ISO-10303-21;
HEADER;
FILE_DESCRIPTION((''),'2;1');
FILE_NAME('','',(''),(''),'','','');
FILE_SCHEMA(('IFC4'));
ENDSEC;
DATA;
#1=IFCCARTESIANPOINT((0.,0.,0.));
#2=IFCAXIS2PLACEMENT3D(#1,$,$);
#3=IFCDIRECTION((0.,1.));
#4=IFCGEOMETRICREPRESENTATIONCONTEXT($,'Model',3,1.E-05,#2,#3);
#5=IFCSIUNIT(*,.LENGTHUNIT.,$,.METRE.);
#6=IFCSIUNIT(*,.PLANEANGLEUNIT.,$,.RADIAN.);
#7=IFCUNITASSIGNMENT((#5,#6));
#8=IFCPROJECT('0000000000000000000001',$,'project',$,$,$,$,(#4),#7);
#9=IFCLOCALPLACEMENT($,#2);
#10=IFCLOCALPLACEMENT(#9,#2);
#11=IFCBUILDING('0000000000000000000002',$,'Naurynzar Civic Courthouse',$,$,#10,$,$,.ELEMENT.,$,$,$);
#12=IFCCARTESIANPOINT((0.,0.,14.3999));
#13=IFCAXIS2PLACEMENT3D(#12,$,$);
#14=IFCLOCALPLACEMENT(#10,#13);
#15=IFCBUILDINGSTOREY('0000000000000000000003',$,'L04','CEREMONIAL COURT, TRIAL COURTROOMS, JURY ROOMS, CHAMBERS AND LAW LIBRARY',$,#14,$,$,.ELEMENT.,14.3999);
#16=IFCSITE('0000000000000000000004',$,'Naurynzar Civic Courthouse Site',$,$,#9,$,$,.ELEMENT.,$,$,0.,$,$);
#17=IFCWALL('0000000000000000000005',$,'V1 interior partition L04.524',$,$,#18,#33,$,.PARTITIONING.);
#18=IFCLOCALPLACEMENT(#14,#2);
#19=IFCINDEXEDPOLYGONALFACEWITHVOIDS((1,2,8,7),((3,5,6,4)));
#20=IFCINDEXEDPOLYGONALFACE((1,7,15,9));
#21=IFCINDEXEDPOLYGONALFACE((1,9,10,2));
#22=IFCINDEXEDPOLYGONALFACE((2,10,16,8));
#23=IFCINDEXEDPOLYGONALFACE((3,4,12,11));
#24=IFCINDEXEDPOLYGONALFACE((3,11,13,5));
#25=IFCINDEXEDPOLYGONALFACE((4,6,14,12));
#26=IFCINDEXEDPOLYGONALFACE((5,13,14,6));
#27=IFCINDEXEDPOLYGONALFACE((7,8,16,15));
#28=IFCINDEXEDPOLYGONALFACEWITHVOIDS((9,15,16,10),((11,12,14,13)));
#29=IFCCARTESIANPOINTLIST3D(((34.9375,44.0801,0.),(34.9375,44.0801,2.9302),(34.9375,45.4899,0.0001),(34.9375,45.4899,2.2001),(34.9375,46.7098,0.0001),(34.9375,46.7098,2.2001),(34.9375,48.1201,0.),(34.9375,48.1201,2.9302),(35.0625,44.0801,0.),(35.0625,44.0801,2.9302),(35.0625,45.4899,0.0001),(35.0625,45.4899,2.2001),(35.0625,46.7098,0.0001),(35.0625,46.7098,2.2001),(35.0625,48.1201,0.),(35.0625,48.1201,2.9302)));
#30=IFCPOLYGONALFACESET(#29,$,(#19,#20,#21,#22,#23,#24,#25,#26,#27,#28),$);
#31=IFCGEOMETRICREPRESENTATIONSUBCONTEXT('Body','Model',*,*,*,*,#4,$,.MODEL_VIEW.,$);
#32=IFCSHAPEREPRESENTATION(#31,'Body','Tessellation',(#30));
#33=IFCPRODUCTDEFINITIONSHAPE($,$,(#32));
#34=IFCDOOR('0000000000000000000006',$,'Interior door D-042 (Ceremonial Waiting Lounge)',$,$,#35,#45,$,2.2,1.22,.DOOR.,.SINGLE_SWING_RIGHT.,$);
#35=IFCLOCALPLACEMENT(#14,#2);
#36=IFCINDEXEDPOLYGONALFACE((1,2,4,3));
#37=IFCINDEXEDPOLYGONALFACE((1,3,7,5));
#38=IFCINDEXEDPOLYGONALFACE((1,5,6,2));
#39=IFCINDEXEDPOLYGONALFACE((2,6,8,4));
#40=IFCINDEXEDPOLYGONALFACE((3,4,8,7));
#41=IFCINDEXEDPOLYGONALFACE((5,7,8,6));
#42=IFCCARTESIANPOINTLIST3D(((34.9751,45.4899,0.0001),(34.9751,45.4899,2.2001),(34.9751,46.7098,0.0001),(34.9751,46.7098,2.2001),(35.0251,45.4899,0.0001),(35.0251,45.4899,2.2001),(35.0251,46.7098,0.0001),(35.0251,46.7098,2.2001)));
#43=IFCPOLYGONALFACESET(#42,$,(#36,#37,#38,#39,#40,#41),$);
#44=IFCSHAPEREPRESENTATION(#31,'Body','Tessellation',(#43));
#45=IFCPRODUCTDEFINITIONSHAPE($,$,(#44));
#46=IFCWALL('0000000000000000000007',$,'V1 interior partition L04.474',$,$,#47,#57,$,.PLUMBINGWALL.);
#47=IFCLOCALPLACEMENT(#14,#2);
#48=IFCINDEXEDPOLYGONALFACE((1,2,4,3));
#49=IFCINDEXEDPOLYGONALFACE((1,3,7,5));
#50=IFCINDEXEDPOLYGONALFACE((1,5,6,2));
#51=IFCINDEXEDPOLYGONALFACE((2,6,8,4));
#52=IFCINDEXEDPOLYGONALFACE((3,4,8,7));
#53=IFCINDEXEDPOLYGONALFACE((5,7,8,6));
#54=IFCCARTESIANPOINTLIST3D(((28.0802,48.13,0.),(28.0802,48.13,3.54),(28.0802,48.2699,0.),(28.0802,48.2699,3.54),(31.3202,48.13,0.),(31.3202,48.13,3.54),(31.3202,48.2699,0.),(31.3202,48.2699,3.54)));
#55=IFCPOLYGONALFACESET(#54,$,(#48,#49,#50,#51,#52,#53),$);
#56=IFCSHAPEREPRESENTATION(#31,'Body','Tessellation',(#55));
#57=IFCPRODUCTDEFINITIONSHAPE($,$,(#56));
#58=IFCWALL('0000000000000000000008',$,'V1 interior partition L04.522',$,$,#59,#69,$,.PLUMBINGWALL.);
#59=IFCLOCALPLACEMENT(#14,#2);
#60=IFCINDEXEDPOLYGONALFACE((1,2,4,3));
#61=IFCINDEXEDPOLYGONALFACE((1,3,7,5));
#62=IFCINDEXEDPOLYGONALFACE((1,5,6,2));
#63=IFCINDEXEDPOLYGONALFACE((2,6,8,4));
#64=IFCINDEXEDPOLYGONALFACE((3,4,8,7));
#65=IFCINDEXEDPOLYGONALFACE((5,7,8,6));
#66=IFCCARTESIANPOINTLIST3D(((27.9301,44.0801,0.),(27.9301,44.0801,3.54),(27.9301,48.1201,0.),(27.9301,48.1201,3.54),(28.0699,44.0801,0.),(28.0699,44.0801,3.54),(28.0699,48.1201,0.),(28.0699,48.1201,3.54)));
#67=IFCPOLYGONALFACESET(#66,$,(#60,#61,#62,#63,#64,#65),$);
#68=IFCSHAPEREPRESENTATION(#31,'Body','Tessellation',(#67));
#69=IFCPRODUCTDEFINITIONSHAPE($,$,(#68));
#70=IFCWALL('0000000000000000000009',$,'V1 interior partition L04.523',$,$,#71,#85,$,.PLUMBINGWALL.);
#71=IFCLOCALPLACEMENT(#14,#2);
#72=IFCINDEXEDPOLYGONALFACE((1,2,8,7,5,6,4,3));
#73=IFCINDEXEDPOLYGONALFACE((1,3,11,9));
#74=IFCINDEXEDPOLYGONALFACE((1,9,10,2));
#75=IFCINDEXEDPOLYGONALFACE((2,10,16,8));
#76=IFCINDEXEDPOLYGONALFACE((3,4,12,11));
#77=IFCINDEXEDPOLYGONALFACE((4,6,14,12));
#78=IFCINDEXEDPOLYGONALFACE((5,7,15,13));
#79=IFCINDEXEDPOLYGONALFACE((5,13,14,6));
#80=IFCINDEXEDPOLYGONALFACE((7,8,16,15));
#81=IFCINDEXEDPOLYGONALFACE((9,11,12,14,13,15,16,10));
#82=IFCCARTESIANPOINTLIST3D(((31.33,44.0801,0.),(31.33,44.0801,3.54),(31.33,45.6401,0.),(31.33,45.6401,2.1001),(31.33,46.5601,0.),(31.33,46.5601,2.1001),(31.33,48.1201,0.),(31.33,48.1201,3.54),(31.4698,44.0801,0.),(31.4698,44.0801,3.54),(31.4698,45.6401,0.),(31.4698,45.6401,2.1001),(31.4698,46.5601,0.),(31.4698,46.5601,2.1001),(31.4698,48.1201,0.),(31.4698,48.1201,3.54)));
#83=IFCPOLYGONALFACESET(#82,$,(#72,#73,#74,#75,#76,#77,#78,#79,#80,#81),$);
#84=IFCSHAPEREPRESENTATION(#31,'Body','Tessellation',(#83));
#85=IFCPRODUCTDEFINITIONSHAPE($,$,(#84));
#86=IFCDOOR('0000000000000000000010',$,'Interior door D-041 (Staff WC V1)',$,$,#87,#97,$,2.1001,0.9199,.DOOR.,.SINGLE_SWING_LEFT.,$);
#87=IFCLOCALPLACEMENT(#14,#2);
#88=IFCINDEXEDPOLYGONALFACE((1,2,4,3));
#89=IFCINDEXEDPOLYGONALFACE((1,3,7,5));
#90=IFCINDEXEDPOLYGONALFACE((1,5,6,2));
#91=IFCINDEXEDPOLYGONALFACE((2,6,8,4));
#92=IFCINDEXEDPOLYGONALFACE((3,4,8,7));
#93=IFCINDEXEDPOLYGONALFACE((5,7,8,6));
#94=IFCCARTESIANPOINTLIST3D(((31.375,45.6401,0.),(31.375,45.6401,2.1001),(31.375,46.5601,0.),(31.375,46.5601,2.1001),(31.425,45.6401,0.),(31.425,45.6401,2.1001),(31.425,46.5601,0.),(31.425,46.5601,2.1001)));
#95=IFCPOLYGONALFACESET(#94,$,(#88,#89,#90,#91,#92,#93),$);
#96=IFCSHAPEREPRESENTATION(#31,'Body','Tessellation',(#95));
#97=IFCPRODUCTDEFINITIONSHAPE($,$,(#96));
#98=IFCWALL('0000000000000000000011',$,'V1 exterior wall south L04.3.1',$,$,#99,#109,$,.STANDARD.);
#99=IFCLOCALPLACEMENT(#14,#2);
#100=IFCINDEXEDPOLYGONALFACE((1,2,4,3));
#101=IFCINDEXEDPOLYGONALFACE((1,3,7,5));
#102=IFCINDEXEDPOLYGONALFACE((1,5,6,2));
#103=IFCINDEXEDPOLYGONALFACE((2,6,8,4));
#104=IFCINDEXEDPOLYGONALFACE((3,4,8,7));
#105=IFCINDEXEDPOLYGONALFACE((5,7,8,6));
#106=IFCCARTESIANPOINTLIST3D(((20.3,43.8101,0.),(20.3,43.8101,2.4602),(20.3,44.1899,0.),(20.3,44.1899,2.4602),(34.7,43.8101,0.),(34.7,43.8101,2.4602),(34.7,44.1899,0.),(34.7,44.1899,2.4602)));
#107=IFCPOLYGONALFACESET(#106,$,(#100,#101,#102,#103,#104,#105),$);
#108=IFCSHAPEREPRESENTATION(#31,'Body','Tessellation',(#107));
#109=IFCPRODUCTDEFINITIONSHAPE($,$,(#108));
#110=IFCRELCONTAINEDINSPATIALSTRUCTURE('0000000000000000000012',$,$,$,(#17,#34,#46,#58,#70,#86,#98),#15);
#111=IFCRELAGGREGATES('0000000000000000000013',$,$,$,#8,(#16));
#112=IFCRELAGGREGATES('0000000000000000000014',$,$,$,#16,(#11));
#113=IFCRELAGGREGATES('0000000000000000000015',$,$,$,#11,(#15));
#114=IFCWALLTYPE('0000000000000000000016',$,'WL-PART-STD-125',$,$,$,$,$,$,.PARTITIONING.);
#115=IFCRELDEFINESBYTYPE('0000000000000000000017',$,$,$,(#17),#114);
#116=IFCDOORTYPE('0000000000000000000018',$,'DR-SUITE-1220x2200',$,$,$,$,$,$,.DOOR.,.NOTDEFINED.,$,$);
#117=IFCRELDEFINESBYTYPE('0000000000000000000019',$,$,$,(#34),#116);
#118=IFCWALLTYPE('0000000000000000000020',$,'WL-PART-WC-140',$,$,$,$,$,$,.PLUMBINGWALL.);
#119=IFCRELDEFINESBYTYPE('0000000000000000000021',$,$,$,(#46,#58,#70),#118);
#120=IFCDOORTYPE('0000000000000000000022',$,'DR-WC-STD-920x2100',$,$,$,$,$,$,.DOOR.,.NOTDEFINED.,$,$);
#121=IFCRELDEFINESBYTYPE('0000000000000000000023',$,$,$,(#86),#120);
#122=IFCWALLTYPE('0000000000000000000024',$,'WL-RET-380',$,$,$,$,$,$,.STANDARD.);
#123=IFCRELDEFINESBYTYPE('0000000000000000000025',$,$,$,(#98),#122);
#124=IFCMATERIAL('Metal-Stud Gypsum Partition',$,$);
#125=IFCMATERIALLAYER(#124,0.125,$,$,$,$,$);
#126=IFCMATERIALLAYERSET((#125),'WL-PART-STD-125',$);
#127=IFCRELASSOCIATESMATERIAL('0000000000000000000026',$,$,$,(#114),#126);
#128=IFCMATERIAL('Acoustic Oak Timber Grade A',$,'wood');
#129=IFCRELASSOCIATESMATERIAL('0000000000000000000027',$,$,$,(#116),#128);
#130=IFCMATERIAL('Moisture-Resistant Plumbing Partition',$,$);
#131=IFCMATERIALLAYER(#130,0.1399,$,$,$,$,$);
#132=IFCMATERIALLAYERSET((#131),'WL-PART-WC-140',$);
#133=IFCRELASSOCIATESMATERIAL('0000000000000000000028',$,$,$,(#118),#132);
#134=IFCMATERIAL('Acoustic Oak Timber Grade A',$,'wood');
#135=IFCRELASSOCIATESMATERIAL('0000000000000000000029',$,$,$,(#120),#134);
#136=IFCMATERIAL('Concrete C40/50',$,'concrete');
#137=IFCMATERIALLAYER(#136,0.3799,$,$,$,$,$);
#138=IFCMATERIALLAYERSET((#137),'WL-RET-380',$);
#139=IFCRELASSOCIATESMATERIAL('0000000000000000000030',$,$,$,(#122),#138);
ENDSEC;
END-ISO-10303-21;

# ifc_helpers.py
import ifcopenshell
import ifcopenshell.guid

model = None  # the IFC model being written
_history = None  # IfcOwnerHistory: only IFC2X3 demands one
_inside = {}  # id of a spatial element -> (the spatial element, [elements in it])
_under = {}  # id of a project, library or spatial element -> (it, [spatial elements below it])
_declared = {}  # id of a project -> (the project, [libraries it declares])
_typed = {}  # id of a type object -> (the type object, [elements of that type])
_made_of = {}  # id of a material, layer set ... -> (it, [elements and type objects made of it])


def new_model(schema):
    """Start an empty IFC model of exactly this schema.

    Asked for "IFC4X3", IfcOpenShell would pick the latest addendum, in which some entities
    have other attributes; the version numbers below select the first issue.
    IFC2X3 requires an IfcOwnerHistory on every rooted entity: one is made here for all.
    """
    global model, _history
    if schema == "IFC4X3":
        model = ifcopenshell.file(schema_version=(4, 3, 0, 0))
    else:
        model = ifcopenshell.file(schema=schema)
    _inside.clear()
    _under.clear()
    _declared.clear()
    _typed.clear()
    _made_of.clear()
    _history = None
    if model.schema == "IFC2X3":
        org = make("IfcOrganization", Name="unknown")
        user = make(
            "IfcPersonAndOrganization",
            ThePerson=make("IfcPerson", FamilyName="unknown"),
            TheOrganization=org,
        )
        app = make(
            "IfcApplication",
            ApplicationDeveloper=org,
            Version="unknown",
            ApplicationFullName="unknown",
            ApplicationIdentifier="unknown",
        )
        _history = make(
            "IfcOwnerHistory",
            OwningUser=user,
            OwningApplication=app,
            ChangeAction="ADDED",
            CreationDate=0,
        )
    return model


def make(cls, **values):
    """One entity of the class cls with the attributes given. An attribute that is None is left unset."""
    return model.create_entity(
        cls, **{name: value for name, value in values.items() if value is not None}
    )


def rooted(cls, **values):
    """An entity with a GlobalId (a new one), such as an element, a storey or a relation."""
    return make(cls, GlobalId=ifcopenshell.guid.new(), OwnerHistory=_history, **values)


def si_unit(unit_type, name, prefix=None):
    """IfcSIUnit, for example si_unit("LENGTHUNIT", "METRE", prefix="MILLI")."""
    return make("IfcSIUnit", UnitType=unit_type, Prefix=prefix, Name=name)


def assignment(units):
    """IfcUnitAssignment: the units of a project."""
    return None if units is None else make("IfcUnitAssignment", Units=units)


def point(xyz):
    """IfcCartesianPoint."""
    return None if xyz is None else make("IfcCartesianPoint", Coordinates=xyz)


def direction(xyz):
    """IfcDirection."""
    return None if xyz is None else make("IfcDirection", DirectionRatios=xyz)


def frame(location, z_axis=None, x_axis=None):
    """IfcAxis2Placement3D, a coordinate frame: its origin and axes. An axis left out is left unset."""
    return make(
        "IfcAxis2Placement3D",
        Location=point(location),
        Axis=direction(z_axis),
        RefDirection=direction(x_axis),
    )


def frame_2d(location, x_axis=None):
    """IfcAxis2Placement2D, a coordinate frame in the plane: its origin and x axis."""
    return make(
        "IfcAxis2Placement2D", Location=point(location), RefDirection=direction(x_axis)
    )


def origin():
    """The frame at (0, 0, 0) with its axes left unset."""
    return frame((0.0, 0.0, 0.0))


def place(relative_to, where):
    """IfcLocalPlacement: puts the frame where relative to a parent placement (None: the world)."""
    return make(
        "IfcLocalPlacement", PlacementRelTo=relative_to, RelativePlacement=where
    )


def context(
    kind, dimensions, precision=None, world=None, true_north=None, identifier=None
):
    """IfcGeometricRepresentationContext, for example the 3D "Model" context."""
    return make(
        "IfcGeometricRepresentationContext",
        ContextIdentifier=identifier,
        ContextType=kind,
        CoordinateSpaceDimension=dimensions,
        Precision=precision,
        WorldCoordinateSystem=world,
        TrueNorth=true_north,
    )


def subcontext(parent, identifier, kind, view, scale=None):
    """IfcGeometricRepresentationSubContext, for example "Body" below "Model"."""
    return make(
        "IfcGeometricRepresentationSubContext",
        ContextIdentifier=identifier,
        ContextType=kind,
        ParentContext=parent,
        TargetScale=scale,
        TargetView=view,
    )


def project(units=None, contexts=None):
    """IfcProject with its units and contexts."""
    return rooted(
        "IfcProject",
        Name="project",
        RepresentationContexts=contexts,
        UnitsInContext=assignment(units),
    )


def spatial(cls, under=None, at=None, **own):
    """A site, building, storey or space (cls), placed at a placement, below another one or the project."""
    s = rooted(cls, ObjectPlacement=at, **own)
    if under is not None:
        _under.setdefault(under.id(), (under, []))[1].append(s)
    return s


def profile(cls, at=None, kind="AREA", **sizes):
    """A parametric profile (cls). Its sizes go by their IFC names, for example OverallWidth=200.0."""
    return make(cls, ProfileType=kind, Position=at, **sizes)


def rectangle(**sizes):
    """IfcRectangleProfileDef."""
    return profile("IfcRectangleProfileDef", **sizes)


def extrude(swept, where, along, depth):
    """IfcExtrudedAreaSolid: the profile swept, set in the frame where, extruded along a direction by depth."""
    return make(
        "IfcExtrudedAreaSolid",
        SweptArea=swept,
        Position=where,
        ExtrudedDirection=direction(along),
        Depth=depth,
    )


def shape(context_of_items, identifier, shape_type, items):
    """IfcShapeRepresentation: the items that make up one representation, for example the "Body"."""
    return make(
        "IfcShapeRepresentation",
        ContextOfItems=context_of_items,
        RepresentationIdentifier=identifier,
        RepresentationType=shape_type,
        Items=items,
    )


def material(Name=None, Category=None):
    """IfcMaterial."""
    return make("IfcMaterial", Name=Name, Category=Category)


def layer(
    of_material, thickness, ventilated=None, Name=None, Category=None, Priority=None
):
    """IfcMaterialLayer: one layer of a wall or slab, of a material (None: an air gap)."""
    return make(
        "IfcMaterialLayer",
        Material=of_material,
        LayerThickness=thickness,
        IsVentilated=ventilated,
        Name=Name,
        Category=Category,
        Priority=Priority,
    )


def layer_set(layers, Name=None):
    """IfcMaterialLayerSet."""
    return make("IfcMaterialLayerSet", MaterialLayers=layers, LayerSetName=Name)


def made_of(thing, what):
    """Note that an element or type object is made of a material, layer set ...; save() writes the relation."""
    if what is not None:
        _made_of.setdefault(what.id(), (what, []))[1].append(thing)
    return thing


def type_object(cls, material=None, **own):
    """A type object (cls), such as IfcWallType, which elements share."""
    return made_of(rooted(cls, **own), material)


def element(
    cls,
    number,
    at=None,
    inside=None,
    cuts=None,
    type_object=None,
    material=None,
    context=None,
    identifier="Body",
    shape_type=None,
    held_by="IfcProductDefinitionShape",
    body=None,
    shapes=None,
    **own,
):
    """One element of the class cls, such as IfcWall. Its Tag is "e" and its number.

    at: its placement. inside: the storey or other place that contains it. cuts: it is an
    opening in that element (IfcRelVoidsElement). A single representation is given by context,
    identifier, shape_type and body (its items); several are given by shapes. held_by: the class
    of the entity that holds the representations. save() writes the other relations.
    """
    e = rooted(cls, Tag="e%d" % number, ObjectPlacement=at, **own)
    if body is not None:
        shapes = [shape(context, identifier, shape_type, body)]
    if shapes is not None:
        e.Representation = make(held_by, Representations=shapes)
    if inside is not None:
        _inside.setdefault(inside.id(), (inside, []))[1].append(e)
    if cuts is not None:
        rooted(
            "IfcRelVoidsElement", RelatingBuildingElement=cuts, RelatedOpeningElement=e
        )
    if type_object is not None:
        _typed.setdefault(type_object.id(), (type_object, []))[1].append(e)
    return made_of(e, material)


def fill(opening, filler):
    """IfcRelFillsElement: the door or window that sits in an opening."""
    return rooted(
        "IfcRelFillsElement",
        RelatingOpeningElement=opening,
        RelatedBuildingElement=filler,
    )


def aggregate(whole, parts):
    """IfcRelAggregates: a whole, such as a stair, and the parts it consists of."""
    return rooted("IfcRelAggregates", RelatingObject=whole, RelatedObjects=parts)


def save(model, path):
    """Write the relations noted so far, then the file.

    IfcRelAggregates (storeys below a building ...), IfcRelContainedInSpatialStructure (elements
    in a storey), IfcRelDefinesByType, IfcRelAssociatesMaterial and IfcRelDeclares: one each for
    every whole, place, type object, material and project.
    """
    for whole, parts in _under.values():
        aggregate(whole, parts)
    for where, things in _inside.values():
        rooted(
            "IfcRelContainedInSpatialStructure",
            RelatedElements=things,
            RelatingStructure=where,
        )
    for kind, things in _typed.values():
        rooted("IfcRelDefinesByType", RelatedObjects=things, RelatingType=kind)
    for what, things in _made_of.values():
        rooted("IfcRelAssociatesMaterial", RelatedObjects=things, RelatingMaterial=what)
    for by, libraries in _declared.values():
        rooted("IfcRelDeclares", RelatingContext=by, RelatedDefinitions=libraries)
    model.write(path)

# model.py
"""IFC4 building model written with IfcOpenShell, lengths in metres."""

from ifc_helpers import new_model, si_unit, direction, frame, frame_2d, origin, place, context, subcontext, project, spatial, rectangle, extrude, material, layer, layer_set, type_object, element, fill, save


model = new_model("IFC4")

# Units and contexts
model_context = context("Model", 3, precision=1e-05, world=origin(), true_north=direction((0.0, 1.0)))
body_context = subcontext(model_context, "Body", "Model", "MODEL_VIEW")
ifc_project = project(units=[si_unit("LENGTHUNIT", "METRE"), si_unit("PLANEANGLEUNIT", "RADIAN")], contexts=[model_context])

# Site, building, storey
site_placement = place(None, origin())
site = spatial("IfcSite", under=ifc_project, at=site_placement, Name="Naurynzar Civic Courthouse Site", CompositionType="ELEMENT", RefElevation=0.0)
building_placement = place(site_placement, origin())
building = spatial("IfcBuilding", under=site, at=building_placement, Name="Naurynzar Civic Courthouse", CompositionType="ELEMENT")
storey_placement = place(building_placement, frame((0.0, 0.0, 14.3999)))
storey = spatial("IfcBuildingStorey", under=building, at=storey_placement, Name="L04", Description="CEREMONIAL COURT, TRIAL COURTROOMS, JURY ROOMS, CHAMBERS AND LAW LIBRARY", CompositionType="ELEMENT", Elevation=14.3999)

# Shared definitions
ifc_material_1 = material(Name="Metal-Stud Gypsum Partition")
ifc_layer_1 = layer(ifc_material_1, 0.125)
ifc_layer_set_1 = layer_set([ifc_layer_1], Name="WL-PART-STD-125")
wall_type_1 = type_object("IfcWallType", Name="WL-PART-STD-125", PredefinedType="PARTITIONING", material=ifc_layer_set_1)

# Wall, opening, door
wall_1_placement = place(storey_placement, frame((35.0, 44.0801, 0.0), z_axis=(0.0, 0.0, 1.0), x_axis=(0.0, 1.0, 0.0)))
wall_1 = element("IfcWall", 1, at=wall_1_placement, inside=storey, type_object=wall_type_1, Name="V1 interior partition L04.524", PredefinedType="PARTITIONING", context=body_context, shape_type="SweptSolid", body=[
    extrude(rectangle(XDim=4.04, YDim=0.125, at=frame_2d((2.02, 0.0))), origin(), (0.0, 0.0, 1.0), 2.9302),
])
opening_1_placement = place(wall_1_placement, frame((1.4099, 0.0, 0.0)))
opening_1 = element("IfcOpeningElement", 2, at=opening_1_placement, cuts=wall_1, PredefinedType="OPENING", context=body_context, shape_type="SweptSolid", body=[
    extrude(rectangle(XDim=1.22, YDim=2.2, at=frame_2d((0.6099, 1.1001))), frame((0.0, 0.0725, 0.0), z_axis=(0.0, -1.0, 0.0), x_axis=(1.0, 0.0, 0.0)), (0.0, 0.0, 1.0), 0.145),
])
ifc_material_2 = material(Name="Acoustic Oak Timber Grade A", Category="wood")
door_type_1 = type_object("IfcDoorType", Name="DR-SUITE-1220x2200", OperationType="NOTDEFINED", PredefinedType="DOOR", material=ifc_material_2)
door_1_placement = place(opening_1_placement, origin())
door_1 = element("IfcDoor", 3, at=door_1_placement, inside=storey, type_object=door_type_1, Name="Interior door D-042 (Ceremonial Waiting Lounge)", OperationType="SINGLE_SWING_RIGHT", OverallHeight=2.2, OverallWidth=1.22, PredefinedType="DOOR", context=body_context, shape_type="SweptSolid", body=[
    extrude(rectangle(XDim=1.22, YDim=2.2, at=frame_2d((0.6099, 1.1001))), frame((0.0, 0.0249, 0.0), z_axis=(0.0, -1.0, 0.0), x_axis=(1.0, 0.0, 0.0)), (0.0, 0.0, 1.0), 0.05),
])
fill(opening_1, door_1)

# Walls
ifc_material_3 = material(Name="Moisture-Resistant Plumbing Partition")
ifc_layer_2 = layer(ifc_material_3, 0.1399)
ifc_layer_set_2 = layer_set([ifc_layer_2], Name="WL-PART-WC-140")
wall_type_2 = type_object("IfcWallType", Name="WL-PART-WC-140", PredefinedType="PLUMBINGWALL", material=ifc_layer_set_2)
wall_2_placement = place(storey_placement, frame((28.0801, 48.2, 0.0), z_axis=(0.0, 0.0, 1.0), x_axis=(1.0, 0.0, 0.0)))
element("IfcWall", 4, at=wall_2_placement, inside=storey, type_object=wall_type_2, Name="V1 interior partition L04.474", PredefinedType="PLUMBINGWALL", context=body_context, shape_type="SweptSolid", body=[
    extrude(rectangle(XDim=3.24, YDim=0.1399, at=frame_2d((1.6201, 0.0))), origin(), (0.0, 0.0, 1.0), 3.54),
])
wall_3_placement = place(storey_placement, frame((28.0, 44.0801, 0.0), z_axis=(0.0, 0.0, 1.0), x_axis=(0.0, 1.0, 0.0)))
element("IfcWall", 5, at=wall_3_placement, inside=storey, type_object=wall_type_2, Name="V1 interior partition L04.522", PredefinedType="PLUMBINGWALL", context=body_context, shape_type="SweptSolid", body=[
    extrude(rectangle(XDim=4.04, YDim=0.1399, at=frame_2d((2.02, 0.0))), origin(), (0.0, 0.0, 1.0), 3.54),
])

# Wall, opening, door
wall_4_placement = place(storey_placement, frame((31.3999, 44.0801, 0.0), z_axis=(0.0, 0.0, 1.0), x_axis=(0.0, 1.0, 0.0)))
wall_4 = element("IfcWall", 6, at=wall_4_placement, inside=storey, type_object=wall_type_2, Name="V1 interior partition L04.523", PredefinedType="PLUMBINGWALL", context=body_context, shape_type="SweptSolid", body=[
    extrude(rectangle(XDim=4.04, YDim=0.1399, at=frame_2d((2.02, 0.0))), origin(), (0.0, 0.0, 1.0), 3.54),
])
opening_2_placement = place(wall_4_placement, frame((1.5601, 0.0, 0.0)))
opening_2 = element("IfcOpeningElement", 7, at=opening_2_placement, cuts=wall_4, PredefinedType="OPENING", context=body_context, shape_type="SweptSolid", body=[
    extrude(rectangle(XDim=0.9199, YDim=2.1001, at=frame_2d((0.46, 1.05))), frame((0.0, 0.0798, 0.0), z_axis=(0.0, -1.0, 0.0), x_axis=(1.0, 0.0, 0.0)), (0.0, 0.0, 1.0), 0.1599),
])
ifc_material_4 = material(Name="Acoustic Oak Timber Grade A", Category="wood")
door_type_2 = type_object("IfcDoorType", Name="DR-WC-STD-920x2100", OperationType="NOTDEFINED", PredefinedType="DOOR", material=ifc_material_4)
door_2_placement = place(opening_2_placement, origin())
door_2 = element("IfcDoor", 8, at=door_2_placement, inside=storey, type_object=door_type_2, Name="Interior door D-041 (Staff WC V1)", OperationType="SINGLE_SWING_LEFT", OverallHeight=2.1001, OverallWidth=0.9199, PredefinedType="DOOR", context=body_context, shape_type="SweptSolid", body=[
    extrude(rectangle(XDim=0.9199, YDim=2.1001, at=frame_2d((0.46, 1.05))), frame((0.0, 0.0249, 0.0), z_axis=(0.0, -1.0, 0.0), x_axis=(1.0, 0.0, 0.0)), (0.0, 0.0, 1.0), 0.05),
])
fill(opening_2, door_2)

# Wall
ifc_material_5 = material(Name="Concrete C40/50", Category="concrete")
ifc_layer_3 = layer(ifc_material_5, 0.3799)
ifc_layer_set_3 = layer_set([ifc_layer_3], Name="WL-RET-380")
wall_type_3 = type_object("IfcWallType", Name="WL-RET-380", PredefinedType="STANDARD", material=ifc_layer_set_3)
wall_5_placement = place(storey_placement, frame((34.7, 44.0, 0.0), z_axis=(0.0, 0.0, 1.0), x_axis=(-1.0, 0.0, 0.0)))
element("IfcWall", 9, at=wall_5_placement, inside=storey, type_object=wall_type_3, Name="V1 exterior wall south L04.3.1", PredefinedType="STANDARD", context=body_context, shape_type="SweptSolid", body=[
    extrude(rectangle(XDim=14.3999, YDim=0.3799, at=frame_2d((7.2, 0.0))), origin(), (0.0, 0.0, 1.0), 2.4602),
])

save(model, "model.ifc")
